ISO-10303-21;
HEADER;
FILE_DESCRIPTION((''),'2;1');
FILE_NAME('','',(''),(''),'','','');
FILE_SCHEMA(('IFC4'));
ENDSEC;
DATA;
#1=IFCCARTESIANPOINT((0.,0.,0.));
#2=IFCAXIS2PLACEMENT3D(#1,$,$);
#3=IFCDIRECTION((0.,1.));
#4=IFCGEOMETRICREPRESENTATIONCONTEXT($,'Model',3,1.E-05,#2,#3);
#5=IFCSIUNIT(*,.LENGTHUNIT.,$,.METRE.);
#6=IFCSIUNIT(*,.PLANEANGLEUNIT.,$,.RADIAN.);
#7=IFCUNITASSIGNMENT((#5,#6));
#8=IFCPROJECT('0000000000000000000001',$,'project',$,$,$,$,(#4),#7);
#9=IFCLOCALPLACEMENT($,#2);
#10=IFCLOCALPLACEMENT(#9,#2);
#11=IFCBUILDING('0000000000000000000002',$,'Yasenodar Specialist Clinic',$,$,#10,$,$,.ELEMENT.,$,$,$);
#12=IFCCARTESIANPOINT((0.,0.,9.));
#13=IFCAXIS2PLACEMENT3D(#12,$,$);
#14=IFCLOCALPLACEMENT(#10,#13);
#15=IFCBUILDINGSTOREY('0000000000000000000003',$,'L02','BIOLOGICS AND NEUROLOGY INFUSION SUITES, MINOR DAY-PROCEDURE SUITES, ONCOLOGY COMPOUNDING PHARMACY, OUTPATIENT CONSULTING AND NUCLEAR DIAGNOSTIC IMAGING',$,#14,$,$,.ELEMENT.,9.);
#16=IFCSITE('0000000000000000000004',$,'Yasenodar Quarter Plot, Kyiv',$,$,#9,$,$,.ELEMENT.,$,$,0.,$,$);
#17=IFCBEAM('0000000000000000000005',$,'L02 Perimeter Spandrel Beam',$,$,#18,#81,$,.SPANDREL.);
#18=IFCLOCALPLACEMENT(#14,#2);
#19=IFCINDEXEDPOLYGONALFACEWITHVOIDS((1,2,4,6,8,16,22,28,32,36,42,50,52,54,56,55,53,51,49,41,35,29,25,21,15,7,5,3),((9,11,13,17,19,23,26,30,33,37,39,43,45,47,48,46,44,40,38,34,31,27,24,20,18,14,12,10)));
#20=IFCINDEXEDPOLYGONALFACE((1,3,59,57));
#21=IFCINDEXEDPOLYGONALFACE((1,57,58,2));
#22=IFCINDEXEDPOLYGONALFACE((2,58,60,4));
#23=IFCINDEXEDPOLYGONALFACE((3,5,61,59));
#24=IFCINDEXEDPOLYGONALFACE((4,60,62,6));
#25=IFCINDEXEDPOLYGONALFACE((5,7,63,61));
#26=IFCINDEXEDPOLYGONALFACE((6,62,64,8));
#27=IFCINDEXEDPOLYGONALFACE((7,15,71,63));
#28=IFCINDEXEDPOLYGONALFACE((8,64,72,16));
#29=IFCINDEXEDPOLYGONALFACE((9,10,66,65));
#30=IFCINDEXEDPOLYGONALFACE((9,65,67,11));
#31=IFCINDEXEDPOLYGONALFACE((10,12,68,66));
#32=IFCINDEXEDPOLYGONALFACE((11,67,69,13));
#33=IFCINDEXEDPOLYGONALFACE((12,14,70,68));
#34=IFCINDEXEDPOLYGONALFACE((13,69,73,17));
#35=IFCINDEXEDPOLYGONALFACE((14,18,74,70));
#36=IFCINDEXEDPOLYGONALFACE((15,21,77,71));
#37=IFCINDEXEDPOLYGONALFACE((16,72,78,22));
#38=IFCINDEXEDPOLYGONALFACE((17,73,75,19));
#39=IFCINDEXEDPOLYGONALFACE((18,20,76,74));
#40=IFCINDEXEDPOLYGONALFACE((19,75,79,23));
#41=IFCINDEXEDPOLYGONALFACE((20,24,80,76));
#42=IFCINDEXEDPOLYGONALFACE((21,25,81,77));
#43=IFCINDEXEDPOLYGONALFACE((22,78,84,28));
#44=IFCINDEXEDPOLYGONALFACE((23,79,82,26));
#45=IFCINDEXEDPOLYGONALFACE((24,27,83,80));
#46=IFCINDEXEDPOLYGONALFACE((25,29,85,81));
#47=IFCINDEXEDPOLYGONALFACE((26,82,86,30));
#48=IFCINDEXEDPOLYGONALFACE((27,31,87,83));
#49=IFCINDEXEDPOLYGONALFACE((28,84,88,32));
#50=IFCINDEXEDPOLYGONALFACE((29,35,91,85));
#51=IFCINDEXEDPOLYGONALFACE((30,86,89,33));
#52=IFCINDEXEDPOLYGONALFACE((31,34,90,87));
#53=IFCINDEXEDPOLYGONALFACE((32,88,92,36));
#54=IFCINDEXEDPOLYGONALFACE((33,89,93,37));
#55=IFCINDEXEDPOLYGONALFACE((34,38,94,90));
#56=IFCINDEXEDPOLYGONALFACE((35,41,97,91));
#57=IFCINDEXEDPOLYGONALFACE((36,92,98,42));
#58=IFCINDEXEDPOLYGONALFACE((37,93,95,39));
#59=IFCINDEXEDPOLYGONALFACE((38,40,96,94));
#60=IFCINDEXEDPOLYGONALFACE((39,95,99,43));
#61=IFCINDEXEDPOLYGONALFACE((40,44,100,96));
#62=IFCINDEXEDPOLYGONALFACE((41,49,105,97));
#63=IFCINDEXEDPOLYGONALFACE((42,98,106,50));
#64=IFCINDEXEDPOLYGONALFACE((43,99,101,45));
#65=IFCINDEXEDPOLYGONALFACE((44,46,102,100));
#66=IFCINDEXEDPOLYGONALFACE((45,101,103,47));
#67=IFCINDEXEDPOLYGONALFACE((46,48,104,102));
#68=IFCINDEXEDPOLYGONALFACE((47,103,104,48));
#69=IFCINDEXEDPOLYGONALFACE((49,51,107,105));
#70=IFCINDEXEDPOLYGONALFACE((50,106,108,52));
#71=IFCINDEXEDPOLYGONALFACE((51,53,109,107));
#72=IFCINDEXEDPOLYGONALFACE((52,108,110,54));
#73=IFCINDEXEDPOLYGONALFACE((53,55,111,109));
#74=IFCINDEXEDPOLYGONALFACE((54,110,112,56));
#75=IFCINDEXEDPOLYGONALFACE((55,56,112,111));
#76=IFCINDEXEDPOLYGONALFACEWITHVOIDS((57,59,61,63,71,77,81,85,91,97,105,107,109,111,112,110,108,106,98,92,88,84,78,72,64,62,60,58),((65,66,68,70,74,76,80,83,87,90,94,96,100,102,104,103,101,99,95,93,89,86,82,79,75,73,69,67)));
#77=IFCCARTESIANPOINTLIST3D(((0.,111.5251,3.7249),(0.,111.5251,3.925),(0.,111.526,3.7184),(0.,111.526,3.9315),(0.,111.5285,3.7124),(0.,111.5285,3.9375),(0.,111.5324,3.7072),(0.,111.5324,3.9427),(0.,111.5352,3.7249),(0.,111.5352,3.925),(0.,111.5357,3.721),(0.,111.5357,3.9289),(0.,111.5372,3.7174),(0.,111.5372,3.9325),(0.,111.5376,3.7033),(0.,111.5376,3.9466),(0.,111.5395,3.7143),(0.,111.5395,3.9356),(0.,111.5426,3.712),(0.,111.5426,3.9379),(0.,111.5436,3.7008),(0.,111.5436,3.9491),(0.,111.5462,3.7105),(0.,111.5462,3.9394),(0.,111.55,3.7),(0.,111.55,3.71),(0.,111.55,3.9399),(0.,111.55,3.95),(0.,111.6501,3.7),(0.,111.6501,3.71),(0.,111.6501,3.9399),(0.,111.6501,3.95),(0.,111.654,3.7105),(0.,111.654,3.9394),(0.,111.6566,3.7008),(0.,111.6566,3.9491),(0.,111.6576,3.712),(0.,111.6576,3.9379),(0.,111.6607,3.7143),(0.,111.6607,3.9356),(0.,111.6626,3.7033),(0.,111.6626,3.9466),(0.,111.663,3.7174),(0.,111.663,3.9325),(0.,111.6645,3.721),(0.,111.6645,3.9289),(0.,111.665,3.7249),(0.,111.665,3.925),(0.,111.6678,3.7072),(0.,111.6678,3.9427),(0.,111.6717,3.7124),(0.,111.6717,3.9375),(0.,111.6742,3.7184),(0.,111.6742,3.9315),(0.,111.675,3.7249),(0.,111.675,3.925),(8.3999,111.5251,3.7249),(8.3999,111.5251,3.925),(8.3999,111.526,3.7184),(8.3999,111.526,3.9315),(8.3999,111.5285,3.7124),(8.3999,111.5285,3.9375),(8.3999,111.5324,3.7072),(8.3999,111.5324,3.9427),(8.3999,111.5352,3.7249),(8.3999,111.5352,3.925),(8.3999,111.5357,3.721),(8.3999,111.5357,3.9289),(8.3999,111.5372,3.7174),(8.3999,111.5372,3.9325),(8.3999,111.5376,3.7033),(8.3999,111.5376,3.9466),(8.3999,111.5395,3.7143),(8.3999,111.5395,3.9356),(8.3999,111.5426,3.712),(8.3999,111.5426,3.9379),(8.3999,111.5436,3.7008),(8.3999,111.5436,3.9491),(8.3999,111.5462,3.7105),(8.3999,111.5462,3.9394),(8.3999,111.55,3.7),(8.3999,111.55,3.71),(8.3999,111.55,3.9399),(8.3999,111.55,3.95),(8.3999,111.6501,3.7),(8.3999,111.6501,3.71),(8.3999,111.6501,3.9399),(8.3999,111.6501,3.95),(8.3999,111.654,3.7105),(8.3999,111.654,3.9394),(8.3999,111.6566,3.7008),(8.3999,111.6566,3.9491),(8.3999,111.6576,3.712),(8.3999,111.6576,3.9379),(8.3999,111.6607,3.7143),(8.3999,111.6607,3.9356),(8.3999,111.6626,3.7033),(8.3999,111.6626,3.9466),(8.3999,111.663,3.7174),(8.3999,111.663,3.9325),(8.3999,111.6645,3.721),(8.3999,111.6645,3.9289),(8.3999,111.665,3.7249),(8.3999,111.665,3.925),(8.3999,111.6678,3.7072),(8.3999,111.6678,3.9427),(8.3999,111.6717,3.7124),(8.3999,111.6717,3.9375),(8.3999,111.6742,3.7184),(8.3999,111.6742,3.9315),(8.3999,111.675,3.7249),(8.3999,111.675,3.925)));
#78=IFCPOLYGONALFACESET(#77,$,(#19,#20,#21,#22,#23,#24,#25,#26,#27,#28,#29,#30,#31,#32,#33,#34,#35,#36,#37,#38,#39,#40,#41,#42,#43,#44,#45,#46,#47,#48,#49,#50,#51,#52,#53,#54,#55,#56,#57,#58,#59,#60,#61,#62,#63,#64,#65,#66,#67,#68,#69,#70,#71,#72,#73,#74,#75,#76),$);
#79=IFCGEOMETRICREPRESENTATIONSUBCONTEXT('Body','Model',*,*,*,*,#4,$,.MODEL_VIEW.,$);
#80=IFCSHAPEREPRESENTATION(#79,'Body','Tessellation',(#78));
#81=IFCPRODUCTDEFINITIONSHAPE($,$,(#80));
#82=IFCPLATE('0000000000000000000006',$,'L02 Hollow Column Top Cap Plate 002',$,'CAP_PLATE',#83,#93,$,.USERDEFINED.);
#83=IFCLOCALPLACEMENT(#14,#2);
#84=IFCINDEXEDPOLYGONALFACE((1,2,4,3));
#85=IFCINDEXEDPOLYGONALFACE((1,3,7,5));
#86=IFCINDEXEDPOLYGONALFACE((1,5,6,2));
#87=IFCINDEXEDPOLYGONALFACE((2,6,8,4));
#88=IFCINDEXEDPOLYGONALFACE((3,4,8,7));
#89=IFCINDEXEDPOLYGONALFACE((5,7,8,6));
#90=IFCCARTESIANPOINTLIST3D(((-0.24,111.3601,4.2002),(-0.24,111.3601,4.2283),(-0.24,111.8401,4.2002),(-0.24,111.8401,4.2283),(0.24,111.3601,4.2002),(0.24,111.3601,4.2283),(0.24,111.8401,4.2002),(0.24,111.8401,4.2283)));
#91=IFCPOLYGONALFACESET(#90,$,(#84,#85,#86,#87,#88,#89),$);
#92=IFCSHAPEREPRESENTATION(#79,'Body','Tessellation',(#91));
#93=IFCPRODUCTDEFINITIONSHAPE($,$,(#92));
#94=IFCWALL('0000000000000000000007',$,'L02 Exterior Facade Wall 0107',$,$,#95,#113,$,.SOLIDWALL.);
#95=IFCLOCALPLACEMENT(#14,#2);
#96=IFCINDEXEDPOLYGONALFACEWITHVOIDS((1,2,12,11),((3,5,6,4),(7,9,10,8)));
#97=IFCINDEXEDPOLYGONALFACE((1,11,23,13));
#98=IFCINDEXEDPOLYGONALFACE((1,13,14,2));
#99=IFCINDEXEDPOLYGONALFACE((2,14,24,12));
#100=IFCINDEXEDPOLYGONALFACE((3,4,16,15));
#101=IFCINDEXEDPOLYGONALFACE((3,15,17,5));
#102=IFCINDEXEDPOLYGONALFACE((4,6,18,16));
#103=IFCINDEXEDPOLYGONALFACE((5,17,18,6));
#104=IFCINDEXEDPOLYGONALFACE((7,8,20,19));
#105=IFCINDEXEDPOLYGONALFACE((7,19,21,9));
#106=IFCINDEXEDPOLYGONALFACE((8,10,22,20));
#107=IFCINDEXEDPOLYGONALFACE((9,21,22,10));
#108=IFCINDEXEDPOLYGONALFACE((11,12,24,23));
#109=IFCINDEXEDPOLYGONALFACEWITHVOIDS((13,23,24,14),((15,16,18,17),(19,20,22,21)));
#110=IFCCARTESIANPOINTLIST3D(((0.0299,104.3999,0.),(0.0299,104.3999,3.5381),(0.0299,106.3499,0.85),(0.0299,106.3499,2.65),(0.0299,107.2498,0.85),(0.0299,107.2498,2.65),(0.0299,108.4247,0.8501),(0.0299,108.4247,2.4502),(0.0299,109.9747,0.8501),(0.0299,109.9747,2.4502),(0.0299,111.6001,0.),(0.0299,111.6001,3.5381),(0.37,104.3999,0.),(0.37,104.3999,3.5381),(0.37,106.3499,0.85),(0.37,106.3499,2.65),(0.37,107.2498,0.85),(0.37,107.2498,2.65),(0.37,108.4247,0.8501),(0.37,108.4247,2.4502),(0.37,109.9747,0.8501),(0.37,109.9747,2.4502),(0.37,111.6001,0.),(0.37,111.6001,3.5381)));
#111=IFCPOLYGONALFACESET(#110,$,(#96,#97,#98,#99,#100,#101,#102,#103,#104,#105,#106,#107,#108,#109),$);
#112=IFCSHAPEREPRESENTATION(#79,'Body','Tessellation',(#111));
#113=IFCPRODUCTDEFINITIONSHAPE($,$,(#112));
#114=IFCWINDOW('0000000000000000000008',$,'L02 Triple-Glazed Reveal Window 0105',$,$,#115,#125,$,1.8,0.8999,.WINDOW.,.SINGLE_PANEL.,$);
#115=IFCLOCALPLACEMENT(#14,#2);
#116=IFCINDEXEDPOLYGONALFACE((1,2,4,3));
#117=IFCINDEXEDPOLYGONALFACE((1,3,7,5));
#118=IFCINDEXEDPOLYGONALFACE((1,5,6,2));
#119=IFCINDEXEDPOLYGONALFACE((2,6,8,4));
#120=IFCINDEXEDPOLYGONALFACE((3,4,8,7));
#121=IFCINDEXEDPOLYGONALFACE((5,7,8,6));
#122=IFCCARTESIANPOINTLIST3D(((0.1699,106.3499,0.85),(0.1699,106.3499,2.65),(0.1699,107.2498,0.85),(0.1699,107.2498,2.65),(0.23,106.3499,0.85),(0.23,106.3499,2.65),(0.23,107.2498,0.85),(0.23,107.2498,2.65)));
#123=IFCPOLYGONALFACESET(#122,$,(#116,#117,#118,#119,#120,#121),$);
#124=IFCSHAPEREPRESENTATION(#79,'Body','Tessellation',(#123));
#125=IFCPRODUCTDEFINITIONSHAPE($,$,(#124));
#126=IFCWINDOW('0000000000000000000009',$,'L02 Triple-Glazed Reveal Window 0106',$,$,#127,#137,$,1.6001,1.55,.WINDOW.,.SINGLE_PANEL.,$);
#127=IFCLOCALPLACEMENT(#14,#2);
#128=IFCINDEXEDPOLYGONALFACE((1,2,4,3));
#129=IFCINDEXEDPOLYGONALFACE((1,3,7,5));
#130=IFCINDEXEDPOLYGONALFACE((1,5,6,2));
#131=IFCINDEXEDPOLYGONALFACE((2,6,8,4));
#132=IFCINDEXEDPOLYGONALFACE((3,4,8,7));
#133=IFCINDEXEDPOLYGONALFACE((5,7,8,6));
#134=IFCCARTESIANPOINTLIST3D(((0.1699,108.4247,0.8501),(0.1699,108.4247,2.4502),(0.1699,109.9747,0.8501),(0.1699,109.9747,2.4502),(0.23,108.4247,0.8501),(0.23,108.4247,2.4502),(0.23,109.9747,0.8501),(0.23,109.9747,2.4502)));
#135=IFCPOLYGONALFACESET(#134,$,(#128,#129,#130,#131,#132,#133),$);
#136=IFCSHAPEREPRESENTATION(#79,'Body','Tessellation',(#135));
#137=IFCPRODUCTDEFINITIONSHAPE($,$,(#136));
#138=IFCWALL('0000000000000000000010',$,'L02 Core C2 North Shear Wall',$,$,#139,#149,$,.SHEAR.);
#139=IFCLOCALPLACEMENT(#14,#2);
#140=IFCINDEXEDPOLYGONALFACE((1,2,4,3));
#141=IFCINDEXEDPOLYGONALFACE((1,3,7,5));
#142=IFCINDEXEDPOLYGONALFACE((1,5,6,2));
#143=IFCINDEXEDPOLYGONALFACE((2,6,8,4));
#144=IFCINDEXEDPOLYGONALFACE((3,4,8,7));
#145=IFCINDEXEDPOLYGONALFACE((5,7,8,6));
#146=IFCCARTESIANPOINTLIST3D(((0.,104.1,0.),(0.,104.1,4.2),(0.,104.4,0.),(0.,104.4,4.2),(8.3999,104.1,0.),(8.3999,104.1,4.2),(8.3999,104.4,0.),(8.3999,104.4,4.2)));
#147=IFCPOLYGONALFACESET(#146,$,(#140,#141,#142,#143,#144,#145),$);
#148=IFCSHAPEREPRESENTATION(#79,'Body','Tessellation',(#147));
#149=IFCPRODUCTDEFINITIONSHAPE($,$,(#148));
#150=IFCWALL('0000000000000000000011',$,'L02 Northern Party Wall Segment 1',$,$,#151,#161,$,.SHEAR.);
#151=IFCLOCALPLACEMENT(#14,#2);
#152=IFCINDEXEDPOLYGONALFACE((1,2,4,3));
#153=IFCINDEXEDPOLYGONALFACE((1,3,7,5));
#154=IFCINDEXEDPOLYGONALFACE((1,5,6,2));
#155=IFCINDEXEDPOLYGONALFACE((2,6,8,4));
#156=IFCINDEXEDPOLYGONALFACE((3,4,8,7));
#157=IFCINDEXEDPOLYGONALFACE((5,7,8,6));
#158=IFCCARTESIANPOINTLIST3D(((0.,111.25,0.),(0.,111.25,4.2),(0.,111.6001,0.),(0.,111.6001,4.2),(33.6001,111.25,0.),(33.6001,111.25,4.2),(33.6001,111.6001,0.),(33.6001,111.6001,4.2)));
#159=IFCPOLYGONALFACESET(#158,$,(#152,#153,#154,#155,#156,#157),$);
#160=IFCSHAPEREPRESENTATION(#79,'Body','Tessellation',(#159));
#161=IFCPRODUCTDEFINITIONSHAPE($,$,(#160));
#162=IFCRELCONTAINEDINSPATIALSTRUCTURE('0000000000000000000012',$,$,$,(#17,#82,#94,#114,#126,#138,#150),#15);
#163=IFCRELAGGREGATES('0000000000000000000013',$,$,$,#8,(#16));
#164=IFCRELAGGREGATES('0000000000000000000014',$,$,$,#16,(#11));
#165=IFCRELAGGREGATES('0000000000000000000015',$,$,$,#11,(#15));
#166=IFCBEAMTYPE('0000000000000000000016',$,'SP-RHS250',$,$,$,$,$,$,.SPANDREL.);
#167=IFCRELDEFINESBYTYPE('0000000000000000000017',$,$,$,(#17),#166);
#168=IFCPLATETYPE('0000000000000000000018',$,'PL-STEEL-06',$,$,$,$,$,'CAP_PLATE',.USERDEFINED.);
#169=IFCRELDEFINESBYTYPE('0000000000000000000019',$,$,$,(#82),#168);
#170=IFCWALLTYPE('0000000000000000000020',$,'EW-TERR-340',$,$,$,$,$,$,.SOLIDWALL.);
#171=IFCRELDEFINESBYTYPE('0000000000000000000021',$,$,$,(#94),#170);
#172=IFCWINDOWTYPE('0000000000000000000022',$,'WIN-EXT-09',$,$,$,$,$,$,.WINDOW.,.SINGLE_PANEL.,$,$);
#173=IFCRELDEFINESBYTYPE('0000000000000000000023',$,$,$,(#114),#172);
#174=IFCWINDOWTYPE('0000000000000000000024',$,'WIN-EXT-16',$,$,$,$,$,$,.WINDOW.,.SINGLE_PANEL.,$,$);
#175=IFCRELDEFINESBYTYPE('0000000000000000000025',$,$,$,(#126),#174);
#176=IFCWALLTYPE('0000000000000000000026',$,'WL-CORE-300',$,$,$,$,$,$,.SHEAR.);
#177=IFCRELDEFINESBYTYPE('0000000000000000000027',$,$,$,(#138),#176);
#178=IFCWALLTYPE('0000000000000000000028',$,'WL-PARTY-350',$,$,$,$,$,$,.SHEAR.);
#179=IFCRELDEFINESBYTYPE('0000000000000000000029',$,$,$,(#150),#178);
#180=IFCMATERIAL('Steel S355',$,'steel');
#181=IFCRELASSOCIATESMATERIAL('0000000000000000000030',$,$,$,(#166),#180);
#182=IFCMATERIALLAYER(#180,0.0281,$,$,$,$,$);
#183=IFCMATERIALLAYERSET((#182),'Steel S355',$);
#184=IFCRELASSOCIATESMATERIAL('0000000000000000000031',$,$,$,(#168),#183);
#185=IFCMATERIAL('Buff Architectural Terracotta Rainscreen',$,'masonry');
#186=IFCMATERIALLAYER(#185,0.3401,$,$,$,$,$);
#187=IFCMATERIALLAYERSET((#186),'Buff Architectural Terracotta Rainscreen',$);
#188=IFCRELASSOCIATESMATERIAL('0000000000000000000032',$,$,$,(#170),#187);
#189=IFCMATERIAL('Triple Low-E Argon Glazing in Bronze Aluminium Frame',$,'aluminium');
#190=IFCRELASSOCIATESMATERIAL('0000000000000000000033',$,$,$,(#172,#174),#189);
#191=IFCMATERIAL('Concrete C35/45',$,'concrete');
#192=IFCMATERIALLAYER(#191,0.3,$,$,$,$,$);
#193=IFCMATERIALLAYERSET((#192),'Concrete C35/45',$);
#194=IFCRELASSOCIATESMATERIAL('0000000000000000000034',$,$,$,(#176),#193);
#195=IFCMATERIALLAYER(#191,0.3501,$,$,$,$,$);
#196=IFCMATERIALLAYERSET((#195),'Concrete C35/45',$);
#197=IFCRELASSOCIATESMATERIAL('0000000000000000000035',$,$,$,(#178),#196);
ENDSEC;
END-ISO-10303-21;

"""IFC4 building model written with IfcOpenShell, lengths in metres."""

from ifc_helpers import new_model, si_unit, direction, frame, frame_2d, origin, origin_2d, place, context, subcontext, project, spatial, rectangle, hollow_rectangle, extrude, material, layer, layer_set, material_profile, profile_set, type_object, element, fill, save


model = new_model("IFC4")

# Units and contexts
model_context = context("Model", 3, precision=1e-05, world=origin(), true_north=direction((0.0, 1.0)))
body_context = subcontext(model_context, "Body", "Model", "MODEL_VIEW")
ifc_project = project(units=[si_unit("LENGTHUNIT", "METRE"), si_unit("PLANEANGLEUNIT", "RADIAN")], contexts=[model_context])

# Site, building, storey
site_placement = place(None, origin())
site = spatial("IfcSite", under=ifc_project, at=site_placement, Name="Yasenodar Quarter Plot, Kyiv", CompositionType="ELEMENT", RefElevation=0.0)
building_placement = place(site_placement, origin())
building = spatial("IfcBuilding", under=site, at=building_placement, Name="Yasenodar Specialist Clinic", CompositionType="ELEMENT")
storey_placement = place(building_placement, frame((0.0, 0.0, 9.0)))
storey = spatial("IfcBuildingStorey", under=building, at=storey_placement, Name="L02", Description="BIOLOGICS AND NEUROLOGY INFUSION SUITES, MINOR DAY-PROCEDURE SUITES, ONCOLOGY COMPOUNDING PHARMACY, OUTPATIENT CONSULTING AND NUCLEAR DIAGNOSTIC IMAGING", CompositionType="ELEMENT", Elevation=9.0)

# Shared definitions
ifc_material_1 = material(Name="Steel S355", Category="steel")

# Beam
ifc_material_profile_1 = material_profile(ifc_material_1, hollow_rectangle(XDim=0.1499, YDim=0.25, WallThickness=0.01, InnerFilletRadius=0.0149, OuterFilletRadius=0.0249, at=origin_2d()), Name="RHS 250x150x10")
ifc_profile_set_1 = profile_set([ifc_material_profile_1], Name="Steel S355")
beam_type_1 = type_object("IfcBeamType", Name="SP-RHS250", PredefinedType="SPANDREL", material=ifc_profile_set_1)
beam_1_placement = place(storey_placement, frame((0.0, 111.6001, 3.825), z_axis=(1.0, 0.0, 0.0), x_axis=(0.0, 1.0, 0.0)))
element("IfcBeam", 1, at=beam_1_placement, inside=storey, type_object=beam_type_1, Name="L02 Perimeter Spandrel Beam", PredefinedType="SPANDREL", context=body_context, shape_type="SweptSolid", body=[
    extrude(hollow_rectangle(XDim=0.1499, YDim=0.25, WallThickness=0.01, InnerFilletRadius=0.0149, OuterFilletRadius=0.0249, at=origin_2d()), origin(), (0.0, 0.0, 1.0), 8.3999),
])

# Plate
ifc_layer_1 = layer(ifc_material_1, 0.0281)
ifc_layer_set_1 = layer_set([ifc_layer_1], Name="Steel S355")
plate_type = type_object("IfcPlateType", Name="PL-STEEL-06", ElementType="CAP_PLATE", PredefinedType="USERDEFINED", material=ifc_layer_set_1)
plate_placement = place(storey_placement, frame((0.0, 111.6001, 4.2002), z_axis=(0.0, 0.0, 1.0), x_axis=(1.0, 0.0, 0.0)))
element("IfcPlate", 2, at=plate_placement, inside=storey, type_object=plate_type, Name="L02 Hollow Column Top Cap Plate 002", ObjectType="CAP_PLATE", PredefinedType="USERDEFINED", context=body_context, shape_type="SweptSolid", body=[
    extrude(rectangle(XDim=0.48, YDim=0.48, at=origin_2d()), origin(), (0.0, 0.0, 1.0), 0.0281),
])

# Wall, openings, windows
ifc_material_2 = material(Name="Buff Architectural Terracotta Rainscreen", Category="masonry")
ifc_layer_2 = layer(ifc_material_2, 0.3401)
ifc_layer_set_2 = layer_set([ifc_layer_2], Name="Buff Architectural Terracotta Rainscreen")
wall_type_1 = type_object("IfcWallType", Name="EW-TERR-340", PredefinedType="SOLIDWALL", material=ifc_layer_set_2)
wall_1_placement = place(storey_placement, frame((0.2, 104.3999, 0.0), z_axis=(0.0, 0.0, 1.0), x_axis=(0.0, 1.0, 0.0)))
wall_1 = element("IfcWall", 3, at=wall_1_placement, inside=storey, type_object=wall_type_1, Name="L02 Exterior Facade Wall 0107", PredefinedType="SOLIDWALL", context=body_context, shape_type="SweptSolid", body=[
    extrude(rectangle(XDim=7.2002, YDim=0.3401, at=frame_2d((3.6001, 0.0))), origin(), (0.0, 0.0, 1.0), 3.5381),
])
opening_1_placement = place(wall_1_placement, frame((1.95, 0.0, 0.8501)))
opening_1 = element("IfcOpeningElement", 4, at=opening_1_placement, cuts=wall_1, PredefinedType="OPENING", context=body_context, shape_type="SweptSolid", body=[
    extrude(rectangle(XDim=0.8999, YDim=1.8, at=frame_2d((0.45, 0.8999))), frame((0.0, 0.1802, 0.0), z_axis=(0.0, -1.0, 0.0), x_axis=(1.0, 0.0, 0.0)), (0.0, 0.0, 1.0), 0.3601),
])
opening_2_placement = place(wall_1_placement, frame((4.0249, 0.0, 0.8501)))
opening_2 = element("IfcOpeningElement", 5, at=opening_2_placement, cuts=wall_1, PredefinedType="OPENING", context=body_context, shape_type="SweptSolid", body=[
    extrude(rectangle(XDim=1.55, YDim=1.6001, at=frame_2d((0.7749, 0.8))), frame((0.0, 0.1802, 0.0), z_axis=(0.0, -1.0, 0.0), x_axis=(1.0, 0.0, 0.0)), (0.0, 0.0, 1.0), 0.3601),
])
ifc_material_3 = material(Name="Triple Low-E Argon Glazing in Bronze Aluminium Frame", Category="aluminium")
window_type_1 = type_object("IfcWindowType", Name="WIN-EXT-09", PartitioningType="SINGLE_PANEL", PredefinedType="WINDOW", material=ifc_material_3)
window_1_placement = place(opening_1_placement, origin())
window_1 = element("IfcWindow", 6, at=window_1_placement, inside=storey, type_object=window_type_1, Name="L02 Triple-Glazed Reveal Window 0105", OverallHeight=1.8, OverallWidth=0.8999, PartitioningType="SINGLE_PANEL", PredefinedType="WINDOW", context=body_context, shape_type="SweptSolid", body=[
    extrude(rectangle(XDim=0.8999, YDim=1.8, at=frame_2d((0.45, 0.8999))), frame((0.0, 0.03, 0.0), z_axis=(0.0, -1.0, 0.0), x_axis=(1.0, 0.0, 0.0)), (0.0, 0.0, 1.0), 0.0601),
])
fill(opening_1, window_1)
window_type_2 = type_object("IfcWindowType", Name="WIN-EXT-16", PartitioningType="SINGLE_PANEL", PredefinedType="WINDOW", material=ifc_material_3)
window_2_placement = place(opening_2_placement, origin())
window_2 = element("IfcWindow", 7, at=window_2_placement, inside=storey, type_object=window_type_2, Name="L02 Triple-Glazed Reveal Window 0106", OverallHeight=1.6001, OverallWidth=1.55, PartitioningType="SINGLE_PANEL", PredefinedType="WINDOW", context=body_context, shape_type="SweptSolid", body=[
    extrude(rectangle(XDim=1.55, YDim=1.6001, at=frame_2d((0.7749, 0.8))), frame((0.0, 0.03, 0.0), z_axis=(0.0, -1.0, 0.0), x_axis=(1.0, 0.0, 0.0)), (0.0, 0.0, 1.0), 0.0601),
])
fill(opening_2, window_2)

# Walls
ifc_material_4 = material(Name="Concrete C35/45", Category="concrete")
ifc_layer_3 = layer(ifc_material_4, 0.3)
ifc_layer_set_3 = layer_set([ifc_layer_3], Name="Concrete C35/45")
wall_type_2 = type_object("IfcWallType", Name="WL-CORE-300", PredefinedType="SHEAR", material=ifc_layer_set_3)
wall_2_placement = place(storey_placement, frame((0.0, 104.25, 0.0), z_axis=(0.0, 0.0, 1.0), x_axis=(1.0, 0.0, 0.0)))
element("IfcWall", 8, at=wall_2_placement, inside=storey, type_object=wall_type_2, Name="L02 Core C2 North Shear Wall", PredefinedType="SHEAR", context=body_context, shape_type="SweptSolid", body=[
    extrude(rectangle(XDim=8.3999, YDim=0.3, at=frame_2d((4.2, 0.0))), origin(), (0.0, 0.0, 1.0), 4.2),
])
ifc_layer_4 = layer(ifc_material_4, 0.3501)
ifc_layer_set_4 = layer_set([ifc_layer_4], Name="Concrete C35/45")
wall_type_3 = type_object("IfcWallType", Name="WL-PARTY-350", PredefinedType="SHEAR", material=ifc_layer_set_4)
wall_3_placement = place(storey_placement, frame((0.0, 111.425, 0.0), z_axis=(0.0, 0.0, 1.0), x_axis=(1.0, 0.0, 0.0)))
element("IfcWall", 9, at=wall_3_placement, inside=storey, type_object=wall_type_3, Name="L02 Northern Party Wall Segment 1", PredefinedType="SHEAR", context=body_context, shape_type="SweptSolid", body=[
    extrude(rectangle(XDim=33.6001, YDim=0.3501, at=frame_2d((16.8, 0.0))), origin(), (0.0, 0.0, 1.0), 4.2),
])

save(model, "model.ifc")
